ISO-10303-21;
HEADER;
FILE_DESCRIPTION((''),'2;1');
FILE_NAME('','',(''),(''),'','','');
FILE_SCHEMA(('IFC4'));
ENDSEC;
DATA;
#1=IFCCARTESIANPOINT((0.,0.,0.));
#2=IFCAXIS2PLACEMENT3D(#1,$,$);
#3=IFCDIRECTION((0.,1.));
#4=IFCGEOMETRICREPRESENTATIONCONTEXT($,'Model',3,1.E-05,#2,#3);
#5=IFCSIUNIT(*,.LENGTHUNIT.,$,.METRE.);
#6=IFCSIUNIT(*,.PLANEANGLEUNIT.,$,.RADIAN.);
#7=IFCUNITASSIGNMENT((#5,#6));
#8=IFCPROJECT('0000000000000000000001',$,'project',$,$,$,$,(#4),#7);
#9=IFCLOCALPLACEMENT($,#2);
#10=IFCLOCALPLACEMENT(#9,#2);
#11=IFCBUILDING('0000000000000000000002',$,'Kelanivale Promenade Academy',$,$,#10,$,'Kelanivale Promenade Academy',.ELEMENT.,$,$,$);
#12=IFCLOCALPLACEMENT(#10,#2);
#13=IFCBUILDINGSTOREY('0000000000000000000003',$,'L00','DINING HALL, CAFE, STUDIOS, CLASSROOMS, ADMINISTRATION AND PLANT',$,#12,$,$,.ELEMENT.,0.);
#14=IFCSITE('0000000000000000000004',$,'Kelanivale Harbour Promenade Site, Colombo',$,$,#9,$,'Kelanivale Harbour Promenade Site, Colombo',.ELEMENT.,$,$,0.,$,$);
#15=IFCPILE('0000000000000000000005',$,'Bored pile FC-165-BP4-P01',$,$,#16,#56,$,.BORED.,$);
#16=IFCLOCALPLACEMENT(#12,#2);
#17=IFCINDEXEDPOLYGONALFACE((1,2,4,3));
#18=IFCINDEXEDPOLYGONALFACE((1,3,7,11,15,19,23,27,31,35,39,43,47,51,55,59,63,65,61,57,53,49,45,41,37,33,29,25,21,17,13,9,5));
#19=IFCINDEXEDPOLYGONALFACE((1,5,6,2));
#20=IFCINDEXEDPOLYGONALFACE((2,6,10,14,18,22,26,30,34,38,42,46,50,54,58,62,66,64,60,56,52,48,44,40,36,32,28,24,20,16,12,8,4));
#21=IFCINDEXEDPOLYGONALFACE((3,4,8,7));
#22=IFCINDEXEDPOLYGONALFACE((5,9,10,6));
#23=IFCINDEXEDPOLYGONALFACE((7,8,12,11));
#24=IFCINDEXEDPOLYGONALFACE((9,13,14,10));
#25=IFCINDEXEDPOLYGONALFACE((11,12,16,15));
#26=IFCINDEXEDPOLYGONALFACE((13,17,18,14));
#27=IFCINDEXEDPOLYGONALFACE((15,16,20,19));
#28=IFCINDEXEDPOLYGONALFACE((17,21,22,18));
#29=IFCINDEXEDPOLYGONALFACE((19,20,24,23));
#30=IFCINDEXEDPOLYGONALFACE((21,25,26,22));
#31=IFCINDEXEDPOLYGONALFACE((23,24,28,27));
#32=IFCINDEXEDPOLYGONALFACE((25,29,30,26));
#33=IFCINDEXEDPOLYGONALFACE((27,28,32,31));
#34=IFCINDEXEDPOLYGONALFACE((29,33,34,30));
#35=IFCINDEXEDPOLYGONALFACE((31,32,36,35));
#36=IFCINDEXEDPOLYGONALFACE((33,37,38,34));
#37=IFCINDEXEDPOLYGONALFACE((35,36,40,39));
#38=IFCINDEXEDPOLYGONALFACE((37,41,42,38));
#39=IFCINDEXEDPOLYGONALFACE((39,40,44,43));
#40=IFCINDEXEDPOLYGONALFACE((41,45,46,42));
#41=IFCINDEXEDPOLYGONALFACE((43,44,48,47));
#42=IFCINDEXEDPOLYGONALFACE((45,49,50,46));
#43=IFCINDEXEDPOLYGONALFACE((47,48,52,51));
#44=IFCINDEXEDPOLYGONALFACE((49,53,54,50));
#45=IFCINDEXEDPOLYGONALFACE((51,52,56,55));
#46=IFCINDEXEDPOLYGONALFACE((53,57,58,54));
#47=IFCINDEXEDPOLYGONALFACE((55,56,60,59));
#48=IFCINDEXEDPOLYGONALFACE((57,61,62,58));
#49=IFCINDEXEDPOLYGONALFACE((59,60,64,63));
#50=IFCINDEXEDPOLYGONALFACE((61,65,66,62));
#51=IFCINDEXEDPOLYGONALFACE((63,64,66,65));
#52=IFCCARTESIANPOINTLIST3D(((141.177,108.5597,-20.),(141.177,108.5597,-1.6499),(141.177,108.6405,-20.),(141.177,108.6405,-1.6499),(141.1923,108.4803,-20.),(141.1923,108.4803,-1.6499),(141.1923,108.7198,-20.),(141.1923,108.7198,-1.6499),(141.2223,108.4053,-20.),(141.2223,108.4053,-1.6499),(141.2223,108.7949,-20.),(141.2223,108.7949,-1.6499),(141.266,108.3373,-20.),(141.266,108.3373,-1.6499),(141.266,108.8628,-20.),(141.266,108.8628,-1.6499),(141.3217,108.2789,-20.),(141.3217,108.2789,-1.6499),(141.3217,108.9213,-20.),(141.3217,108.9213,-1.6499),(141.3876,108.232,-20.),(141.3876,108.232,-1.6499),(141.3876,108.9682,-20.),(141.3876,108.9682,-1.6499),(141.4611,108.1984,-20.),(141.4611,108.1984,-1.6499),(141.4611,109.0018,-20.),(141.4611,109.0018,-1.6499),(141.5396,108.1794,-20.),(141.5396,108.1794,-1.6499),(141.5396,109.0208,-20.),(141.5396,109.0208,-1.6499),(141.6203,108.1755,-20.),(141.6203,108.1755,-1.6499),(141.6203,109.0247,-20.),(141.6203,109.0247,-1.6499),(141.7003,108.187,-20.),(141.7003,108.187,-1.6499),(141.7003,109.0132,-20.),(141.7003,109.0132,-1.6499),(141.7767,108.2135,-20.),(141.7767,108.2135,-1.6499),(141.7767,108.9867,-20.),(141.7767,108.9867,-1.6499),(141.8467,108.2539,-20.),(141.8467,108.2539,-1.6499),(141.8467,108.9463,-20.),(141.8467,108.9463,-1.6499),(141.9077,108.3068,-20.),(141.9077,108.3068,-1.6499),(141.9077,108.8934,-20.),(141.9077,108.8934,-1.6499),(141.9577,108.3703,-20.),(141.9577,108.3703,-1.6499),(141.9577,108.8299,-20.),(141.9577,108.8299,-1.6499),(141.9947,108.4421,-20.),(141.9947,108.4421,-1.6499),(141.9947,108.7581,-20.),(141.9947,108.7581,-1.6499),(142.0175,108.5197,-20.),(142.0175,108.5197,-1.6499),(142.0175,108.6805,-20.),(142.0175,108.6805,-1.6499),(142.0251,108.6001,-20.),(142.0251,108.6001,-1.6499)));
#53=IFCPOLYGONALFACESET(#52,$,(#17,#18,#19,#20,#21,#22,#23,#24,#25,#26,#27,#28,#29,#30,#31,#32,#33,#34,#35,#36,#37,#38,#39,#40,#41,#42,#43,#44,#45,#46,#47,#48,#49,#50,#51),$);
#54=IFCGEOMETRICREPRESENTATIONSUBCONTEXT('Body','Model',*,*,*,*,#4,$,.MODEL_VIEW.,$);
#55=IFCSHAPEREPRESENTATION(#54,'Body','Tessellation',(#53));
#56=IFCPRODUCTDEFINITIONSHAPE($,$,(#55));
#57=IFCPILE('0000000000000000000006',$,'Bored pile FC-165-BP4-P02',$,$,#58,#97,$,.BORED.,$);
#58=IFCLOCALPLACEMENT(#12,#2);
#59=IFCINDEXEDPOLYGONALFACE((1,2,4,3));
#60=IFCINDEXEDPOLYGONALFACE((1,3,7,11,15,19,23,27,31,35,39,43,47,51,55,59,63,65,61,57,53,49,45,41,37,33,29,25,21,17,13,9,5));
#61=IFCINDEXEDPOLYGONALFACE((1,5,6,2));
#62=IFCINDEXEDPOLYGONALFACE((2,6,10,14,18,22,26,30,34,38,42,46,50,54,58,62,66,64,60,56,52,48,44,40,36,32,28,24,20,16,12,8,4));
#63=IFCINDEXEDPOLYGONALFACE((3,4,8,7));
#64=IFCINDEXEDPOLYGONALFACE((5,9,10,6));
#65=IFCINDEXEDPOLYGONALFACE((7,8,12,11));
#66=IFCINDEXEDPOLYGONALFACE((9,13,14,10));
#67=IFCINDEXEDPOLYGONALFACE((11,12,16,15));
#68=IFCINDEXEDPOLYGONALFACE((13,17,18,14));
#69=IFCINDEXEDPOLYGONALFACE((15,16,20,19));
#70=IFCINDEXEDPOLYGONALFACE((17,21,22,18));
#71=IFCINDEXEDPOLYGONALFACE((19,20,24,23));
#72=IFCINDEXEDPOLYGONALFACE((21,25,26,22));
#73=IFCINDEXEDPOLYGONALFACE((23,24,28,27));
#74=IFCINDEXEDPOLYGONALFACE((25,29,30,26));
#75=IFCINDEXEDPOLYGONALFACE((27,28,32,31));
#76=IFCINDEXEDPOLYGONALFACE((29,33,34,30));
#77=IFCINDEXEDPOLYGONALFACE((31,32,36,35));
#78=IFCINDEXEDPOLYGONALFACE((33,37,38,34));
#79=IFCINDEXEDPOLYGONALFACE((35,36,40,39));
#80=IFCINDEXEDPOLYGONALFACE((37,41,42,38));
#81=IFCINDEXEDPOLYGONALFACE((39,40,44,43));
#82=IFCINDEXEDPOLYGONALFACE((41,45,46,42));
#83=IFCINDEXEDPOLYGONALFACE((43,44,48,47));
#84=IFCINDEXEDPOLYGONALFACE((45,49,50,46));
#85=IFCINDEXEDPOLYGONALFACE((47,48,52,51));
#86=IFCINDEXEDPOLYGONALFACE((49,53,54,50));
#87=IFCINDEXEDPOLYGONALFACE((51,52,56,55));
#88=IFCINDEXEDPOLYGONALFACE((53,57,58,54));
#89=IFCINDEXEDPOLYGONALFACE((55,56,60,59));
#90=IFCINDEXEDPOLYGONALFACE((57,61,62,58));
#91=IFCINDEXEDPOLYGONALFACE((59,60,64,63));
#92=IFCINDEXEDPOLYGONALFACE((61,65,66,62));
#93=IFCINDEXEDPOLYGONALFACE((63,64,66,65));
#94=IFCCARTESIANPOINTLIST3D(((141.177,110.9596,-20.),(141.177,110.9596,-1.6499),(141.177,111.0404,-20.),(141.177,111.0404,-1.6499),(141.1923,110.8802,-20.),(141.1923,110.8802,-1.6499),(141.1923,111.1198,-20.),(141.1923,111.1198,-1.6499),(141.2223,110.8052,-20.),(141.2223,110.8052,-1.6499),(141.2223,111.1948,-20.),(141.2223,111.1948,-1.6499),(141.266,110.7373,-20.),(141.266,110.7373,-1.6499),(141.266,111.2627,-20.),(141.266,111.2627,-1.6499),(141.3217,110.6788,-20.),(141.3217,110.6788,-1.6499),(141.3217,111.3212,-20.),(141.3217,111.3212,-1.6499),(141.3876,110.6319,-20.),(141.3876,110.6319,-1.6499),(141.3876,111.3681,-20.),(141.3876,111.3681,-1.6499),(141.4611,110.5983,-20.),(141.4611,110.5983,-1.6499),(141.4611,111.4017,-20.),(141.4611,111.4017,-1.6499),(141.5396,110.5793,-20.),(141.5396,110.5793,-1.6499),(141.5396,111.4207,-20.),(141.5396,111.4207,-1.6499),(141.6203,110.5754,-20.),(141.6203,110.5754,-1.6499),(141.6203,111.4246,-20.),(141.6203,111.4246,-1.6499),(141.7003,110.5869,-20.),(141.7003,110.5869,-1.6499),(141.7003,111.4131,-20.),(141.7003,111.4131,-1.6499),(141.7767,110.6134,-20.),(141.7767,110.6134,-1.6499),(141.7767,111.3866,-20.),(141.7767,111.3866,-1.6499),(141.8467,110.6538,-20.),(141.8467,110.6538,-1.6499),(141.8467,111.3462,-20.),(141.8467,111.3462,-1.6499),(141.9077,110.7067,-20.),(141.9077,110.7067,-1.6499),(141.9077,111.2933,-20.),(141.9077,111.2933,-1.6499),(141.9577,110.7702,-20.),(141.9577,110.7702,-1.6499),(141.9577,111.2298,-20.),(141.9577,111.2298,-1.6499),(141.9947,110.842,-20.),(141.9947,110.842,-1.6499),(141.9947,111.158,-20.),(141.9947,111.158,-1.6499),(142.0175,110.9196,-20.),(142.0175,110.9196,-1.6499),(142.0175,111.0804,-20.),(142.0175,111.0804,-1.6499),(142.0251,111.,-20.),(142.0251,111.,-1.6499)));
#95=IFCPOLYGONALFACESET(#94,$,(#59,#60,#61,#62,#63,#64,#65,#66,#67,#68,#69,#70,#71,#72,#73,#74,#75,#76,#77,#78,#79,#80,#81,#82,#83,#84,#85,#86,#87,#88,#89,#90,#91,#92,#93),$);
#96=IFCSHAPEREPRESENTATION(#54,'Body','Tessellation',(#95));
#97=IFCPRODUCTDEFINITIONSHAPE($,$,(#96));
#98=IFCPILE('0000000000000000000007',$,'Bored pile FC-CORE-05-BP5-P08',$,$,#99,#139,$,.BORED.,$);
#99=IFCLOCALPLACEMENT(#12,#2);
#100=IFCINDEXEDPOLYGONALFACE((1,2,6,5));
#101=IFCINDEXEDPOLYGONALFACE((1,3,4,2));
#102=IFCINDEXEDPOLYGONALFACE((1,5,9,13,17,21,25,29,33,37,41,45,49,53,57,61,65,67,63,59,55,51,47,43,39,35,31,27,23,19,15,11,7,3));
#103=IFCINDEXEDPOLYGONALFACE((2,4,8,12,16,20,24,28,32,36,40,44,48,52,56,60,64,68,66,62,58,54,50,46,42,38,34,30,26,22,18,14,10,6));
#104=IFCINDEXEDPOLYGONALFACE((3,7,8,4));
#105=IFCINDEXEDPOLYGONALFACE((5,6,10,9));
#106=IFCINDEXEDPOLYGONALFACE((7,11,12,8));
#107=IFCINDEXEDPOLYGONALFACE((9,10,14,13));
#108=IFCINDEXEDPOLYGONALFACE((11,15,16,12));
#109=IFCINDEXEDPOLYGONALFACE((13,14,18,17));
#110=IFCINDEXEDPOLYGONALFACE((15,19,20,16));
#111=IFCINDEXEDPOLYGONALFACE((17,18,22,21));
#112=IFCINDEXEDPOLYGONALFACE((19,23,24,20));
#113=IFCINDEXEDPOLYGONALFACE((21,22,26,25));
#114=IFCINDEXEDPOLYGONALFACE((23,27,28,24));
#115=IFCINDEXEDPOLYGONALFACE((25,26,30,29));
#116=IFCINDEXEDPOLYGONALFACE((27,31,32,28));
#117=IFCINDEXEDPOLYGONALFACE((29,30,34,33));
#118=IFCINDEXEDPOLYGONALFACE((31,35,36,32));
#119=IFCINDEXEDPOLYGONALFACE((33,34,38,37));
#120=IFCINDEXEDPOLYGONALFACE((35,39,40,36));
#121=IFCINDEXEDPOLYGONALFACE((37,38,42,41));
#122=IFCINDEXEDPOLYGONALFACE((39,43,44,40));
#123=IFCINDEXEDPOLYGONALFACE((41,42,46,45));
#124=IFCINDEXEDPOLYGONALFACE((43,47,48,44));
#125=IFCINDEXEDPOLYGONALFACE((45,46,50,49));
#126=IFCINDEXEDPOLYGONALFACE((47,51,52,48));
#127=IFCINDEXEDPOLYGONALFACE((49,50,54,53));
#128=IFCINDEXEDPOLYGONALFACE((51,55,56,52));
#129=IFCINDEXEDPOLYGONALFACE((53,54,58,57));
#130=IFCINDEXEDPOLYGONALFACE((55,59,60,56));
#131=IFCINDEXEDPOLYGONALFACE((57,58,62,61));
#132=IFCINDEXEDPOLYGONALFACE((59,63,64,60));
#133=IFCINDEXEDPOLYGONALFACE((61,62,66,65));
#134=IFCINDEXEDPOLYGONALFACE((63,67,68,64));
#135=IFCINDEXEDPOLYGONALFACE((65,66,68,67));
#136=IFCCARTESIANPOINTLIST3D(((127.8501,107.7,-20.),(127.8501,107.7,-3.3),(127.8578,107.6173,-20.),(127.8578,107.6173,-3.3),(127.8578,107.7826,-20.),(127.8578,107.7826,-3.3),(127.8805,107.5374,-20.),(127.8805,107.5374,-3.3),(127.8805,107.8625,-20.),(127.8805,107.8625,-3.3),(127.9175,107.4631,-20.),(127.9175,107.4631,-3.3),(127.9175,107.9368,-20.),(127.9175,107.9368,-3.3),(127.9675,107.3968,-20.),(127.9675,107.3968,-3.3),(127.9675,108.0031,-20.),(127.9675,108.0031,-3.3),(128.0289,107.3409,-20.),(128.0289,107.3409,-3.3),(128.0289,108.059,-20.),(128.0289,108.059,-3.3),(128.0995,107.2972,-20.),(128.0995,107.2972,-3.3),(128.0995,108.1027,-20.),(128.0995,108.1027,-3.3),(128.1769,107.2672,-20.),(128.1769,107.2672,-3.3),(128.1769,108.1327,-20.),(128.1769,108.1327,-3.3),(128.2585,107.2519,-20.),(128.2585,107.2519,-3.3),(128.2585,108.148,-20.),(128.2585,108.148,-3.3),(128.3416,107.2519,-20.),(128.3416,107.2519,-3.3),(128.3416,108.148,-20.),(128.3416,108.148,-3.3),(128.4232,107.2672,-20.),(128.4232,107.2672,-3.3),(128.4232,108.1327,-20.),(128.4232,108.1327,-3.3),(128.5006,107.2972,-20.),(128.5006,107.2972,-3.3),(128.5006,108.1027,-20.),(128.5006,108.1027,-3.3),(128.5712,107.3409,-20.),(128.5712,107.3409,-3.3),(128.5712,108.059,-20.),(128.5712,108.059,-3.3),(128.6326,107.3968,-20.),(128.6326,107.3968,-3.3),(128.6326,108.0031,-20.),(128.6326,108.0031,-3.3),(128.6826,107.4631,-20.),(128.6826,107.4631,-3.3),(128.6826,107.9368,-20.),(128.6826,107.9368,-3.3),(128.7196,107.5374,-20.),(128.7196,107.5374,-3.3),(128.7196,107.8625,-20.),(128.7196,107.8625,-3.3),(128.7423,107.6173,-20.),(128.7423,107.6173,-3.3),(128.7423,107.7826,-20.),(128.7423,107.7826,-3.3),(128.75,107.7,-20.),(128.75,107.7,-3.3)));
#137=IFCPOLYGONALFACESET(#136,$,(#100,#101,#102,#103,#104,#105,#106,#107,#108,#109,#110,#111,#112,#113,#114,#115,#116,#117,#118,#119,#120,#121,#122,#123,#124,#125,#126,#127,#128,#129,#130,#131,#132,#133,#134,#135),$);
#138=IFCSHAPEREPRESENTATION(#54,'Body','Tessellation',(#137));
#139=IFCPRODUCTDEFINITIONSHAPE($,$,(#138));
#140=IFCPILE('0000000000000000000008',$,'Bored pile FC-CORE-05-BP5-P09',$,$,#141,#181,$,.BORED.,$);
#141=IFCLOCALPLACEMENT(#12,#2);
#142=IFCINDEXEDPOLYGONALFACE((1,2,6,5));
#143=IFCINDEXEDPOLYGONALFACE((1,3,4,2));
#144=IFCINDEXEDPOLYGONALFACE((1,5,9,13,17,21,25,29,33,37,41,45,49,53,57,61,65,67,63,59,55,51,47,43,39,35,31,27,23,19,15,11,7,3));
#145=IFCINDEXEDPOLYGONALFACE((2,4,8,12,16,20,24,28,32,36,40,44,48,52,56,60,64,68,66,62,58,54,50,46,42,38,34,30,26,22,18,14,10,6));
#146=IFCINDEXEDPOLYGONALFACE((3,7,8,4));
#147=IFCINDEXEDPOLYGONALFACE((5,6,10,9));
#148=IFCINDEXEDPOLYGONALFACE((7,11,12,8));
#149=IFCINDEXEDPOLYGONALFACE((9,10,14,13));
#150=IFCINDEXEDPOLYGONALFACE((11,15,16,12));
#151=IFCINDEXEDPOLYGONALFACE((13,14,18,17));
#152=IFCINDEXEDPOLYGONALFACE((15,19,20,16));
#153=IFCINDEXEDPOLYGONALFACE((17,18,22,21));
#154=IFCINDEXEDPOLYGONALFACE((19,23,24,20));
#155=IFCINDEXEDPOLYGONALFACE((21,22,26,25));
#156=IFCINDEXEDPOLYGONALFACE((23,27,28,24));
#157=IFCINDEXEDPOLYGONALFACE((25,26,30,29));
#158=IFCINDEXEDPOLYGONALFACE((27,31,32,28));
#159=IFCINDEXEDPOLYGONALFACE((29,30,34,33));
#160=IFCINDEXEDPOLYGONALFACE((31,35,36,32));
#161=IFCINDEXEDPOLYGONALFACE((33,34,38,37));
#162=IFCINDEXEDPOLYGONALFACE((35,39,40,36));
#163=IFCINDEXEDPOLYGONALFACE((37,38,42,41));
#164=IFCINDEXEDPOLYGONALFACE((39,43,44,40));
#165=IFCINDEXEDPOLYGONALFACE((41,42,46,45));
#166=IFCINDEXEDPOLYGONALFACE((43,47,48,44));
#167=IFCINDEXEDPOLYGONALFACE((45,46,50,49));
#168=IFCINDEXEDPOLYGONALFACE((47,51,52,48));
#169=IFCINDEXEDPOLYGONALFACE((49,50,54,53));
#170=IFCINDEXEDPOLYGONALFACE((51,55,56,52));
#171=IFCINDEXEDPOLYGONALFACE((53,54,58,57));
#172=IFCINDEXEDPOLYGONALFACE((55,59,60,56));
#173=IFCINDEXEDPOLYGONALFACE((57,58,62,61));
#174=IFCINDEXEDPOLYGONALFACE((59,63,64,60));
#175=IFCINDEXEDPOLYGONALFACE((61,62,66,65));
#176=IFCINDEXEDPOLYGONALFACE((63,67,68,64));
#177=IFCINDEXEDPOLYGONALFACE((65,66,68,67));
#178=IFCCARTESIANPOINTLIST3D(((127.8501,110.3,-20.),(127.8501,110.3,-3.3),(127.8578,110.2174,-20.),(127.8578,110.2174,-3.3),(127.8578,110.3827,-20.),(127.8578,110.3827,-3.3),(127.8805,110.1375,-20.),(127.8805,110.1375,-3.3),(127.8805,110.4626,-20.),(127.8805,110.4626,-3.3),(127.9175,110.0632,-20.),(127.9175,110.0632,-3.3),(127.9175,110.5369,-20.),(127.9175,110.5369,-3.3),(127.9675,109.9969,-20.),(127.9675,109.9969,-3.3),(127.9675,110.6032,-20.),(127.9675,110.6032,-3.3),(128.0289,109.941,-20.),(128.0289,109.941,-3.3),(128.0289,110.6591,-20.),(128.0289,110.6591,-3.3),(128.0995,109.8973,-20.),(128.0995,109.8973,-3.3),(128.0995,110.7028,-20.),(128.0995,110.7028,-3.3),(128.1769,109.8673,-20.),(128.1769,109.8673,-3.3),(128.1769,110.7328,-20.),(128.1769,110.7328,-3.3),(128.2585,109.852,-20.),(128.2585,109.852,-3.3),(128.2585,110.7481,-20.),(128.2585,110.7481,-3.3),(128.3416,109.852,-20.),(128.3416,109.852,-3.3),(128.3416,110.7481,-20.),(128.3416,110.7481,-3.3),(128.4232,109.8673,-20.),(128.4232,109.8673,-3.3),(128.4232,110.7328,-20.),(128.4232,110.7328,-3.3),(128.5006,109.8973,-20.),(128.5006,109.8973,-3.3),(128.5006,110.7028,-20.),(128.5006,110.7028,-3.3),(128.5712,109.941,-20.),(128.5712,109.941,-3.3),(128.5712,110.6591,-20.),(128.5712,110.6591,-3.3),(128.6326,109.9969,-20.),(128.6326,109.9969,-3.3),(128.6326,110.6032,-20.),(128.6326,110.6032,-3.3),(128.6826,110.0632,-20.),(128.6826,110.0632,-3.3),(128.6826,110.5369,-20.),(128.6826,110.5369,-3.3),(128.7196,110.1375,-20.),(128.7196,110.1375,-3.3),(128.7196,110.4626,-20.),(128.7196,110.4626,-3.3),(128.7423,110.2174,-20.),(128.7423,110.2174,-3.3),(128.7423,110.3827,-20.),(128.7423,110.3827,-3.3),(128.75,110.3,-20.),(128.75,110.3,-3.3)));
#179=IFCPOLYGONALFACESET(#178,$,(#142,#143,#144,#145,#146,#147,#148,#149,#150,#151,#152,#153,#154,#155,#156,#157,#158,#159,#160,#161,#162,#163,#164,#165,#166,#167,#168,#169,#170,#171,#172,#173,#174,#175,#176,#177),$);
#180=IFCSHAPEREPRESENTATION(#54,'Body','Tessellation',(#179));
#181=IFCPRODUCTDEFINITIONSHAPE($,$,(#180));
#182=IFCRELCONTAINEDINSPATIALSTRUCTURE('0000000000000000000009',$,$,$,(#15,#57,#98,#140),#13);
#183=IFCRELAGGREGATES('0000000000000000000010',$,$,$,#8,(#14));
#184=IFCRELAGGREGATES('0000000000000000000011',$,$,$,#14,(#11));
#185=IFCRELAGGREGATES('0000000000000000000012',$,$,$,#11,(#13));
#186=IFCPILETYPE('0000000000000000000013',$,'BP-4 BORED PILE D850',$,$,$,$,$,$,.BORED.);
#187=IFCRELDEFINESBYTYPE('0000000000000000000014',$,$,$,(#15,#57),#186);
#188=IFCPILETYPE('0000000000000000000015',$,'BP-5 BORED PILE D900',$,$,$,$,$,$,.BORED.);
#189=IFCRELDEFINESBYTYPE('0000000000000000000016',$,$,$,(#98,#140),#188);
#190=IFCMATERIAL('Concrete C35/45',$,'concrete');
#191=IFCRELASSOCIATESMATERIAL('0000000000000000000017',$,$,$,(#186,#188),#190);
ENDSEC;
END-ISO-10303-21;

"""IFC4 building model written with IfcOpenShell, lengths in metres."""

from ifc_helpers import new_model, si_unit, direction, frame, origin, origin_2d, place, context, subcontext, project, spatial, circle, extrude, material, material_profile, profile_set, type_object, element, save


model = new_model("IFC4")

# Units and contexts
model_context = context("Model", 3, precision=1e-05, world=origin(), true_north=direction((0.0, 1.0)))
body_context = subcontext(model_context, "Body", "Model", "MODEL_VIEW")
ifc_project = project(units=[si_unit("LENGTHUNIT", "METRE"), si_unit("PLANEANGLEUNIT", "RADIAN")], contexts=[model_context])

# Site, building, storey
site_placement = place(None, origin())
site = spatial("IfcSite", under=ifc_project, at=site_placement, Name="Kelanivale Harbour Promenade Site, Colombo", LongName="Kelanivale Harbour Promenade Site, Colombo", CompositionType="ELEMENT", RefElevation=0.0)
building_placement = place(site_placement, origin())
building = spatial("IfcBuilding", under=site, at=building_placement, Name="Kelanivale Promenade Academy", LongName="Kelanivale Promenade Academy", CompositionType="ELEMENT")
storey_placement = place(building_placement, origin())
storey = spatial("IfcBuildingStorey", under=building, at=storey_placement, Name="L00", Description="DINING HALL, CAFE, STUDIOS, CLASSROOMS, ADMINISTRATION AND PLANT", CompositionType="ELEMENT", Elevation=0.0)

# Piles
ifc_material_1 = material(Name="Concrete C35/45", Category="concrete")
ifc_material_profile_1 = material_profile(ifc_material_1, circle(Radius=0.425, at=origin_2d()), Name="BORED PILE D850")
ifc_profile_set_1 = profile_set([ifc_material_profile_1], Name="Concrete C35/45")
pile_type_1 = type_object("IfcPileType", Name="BP-4 BORED PILE D850", PredefinedType="BORED", material=ifc_profile_set_1)
for number, where, z_axis, x_axis, name in (
    (1, (141.6001, 108.6001, -1.6499), (0.0, 0.0, -1.0), (1.0, 0.0, 0.0), "Bored pile FC-165-BP4-P01"),
    (2, (141.6001, 111.0, -1.6499), (0.0, 0.0, -1.0), (1.0, 0.0, 0.0), "Bored pile FC-165-BP4-P02"),
):
    element("IfcPile", number, at=place(storey_placement, frame(where, z_axis=z_axis, x_axis=x_axis)), inside=storey, type_object=pile_type_1, Name=name, PredefinedType="BORED", context=body_context, shape_type="SweptSolid", body=[
        extrude(circle(Radius=0.425, at=origin_2d()), origin(), (0.0, 0.0, 1.0), 18.3501),
    ])
ifc_material_profile_2 = material_profile(ifc_material_1, circle(Radius=0.45, at=origin_2d()), Name="BORED PILE D900")
ifc_profile_set_2 = profile_set([ifc_material_profile_2], Name="Concrete C35/45")
pile_type_2 = type_object("IfcPileType", Name="BP-5 BORED PILE D900", PredefinedType="BORED", material=ifc_profile_set_2)
for number, where, z_axis, x_axis, name in (
    (3, (128.3, 107.7, -3.3), (0.0, 0.0, -1.0), (1.0, 0.0, 0.0), "Bored pile FC-CORE-05-BP5-P08"),
    (4, (128.3, 110.3, -3.3), (0.0, 0.0, -1.0), (1.0, 0.0, 0.0), "Bored pile FC-CORE-05-BP5-P09"),
):
    element("IfcPile", number, at=place(storey_placement, frame(where, z_axis=z_axis, x_axis=x_axis)), inside=storey, type_object=pile_type_2, Name=name, PredefinedType="BORED", context=body_context, shape_type="SweptSolid", body=[
        extrude(circle(Radius=0.45, at=origin_2d()), origin(), (0.0, 0.0, 1.0), 16.7),
    ])

save(model, "model.ifc")
